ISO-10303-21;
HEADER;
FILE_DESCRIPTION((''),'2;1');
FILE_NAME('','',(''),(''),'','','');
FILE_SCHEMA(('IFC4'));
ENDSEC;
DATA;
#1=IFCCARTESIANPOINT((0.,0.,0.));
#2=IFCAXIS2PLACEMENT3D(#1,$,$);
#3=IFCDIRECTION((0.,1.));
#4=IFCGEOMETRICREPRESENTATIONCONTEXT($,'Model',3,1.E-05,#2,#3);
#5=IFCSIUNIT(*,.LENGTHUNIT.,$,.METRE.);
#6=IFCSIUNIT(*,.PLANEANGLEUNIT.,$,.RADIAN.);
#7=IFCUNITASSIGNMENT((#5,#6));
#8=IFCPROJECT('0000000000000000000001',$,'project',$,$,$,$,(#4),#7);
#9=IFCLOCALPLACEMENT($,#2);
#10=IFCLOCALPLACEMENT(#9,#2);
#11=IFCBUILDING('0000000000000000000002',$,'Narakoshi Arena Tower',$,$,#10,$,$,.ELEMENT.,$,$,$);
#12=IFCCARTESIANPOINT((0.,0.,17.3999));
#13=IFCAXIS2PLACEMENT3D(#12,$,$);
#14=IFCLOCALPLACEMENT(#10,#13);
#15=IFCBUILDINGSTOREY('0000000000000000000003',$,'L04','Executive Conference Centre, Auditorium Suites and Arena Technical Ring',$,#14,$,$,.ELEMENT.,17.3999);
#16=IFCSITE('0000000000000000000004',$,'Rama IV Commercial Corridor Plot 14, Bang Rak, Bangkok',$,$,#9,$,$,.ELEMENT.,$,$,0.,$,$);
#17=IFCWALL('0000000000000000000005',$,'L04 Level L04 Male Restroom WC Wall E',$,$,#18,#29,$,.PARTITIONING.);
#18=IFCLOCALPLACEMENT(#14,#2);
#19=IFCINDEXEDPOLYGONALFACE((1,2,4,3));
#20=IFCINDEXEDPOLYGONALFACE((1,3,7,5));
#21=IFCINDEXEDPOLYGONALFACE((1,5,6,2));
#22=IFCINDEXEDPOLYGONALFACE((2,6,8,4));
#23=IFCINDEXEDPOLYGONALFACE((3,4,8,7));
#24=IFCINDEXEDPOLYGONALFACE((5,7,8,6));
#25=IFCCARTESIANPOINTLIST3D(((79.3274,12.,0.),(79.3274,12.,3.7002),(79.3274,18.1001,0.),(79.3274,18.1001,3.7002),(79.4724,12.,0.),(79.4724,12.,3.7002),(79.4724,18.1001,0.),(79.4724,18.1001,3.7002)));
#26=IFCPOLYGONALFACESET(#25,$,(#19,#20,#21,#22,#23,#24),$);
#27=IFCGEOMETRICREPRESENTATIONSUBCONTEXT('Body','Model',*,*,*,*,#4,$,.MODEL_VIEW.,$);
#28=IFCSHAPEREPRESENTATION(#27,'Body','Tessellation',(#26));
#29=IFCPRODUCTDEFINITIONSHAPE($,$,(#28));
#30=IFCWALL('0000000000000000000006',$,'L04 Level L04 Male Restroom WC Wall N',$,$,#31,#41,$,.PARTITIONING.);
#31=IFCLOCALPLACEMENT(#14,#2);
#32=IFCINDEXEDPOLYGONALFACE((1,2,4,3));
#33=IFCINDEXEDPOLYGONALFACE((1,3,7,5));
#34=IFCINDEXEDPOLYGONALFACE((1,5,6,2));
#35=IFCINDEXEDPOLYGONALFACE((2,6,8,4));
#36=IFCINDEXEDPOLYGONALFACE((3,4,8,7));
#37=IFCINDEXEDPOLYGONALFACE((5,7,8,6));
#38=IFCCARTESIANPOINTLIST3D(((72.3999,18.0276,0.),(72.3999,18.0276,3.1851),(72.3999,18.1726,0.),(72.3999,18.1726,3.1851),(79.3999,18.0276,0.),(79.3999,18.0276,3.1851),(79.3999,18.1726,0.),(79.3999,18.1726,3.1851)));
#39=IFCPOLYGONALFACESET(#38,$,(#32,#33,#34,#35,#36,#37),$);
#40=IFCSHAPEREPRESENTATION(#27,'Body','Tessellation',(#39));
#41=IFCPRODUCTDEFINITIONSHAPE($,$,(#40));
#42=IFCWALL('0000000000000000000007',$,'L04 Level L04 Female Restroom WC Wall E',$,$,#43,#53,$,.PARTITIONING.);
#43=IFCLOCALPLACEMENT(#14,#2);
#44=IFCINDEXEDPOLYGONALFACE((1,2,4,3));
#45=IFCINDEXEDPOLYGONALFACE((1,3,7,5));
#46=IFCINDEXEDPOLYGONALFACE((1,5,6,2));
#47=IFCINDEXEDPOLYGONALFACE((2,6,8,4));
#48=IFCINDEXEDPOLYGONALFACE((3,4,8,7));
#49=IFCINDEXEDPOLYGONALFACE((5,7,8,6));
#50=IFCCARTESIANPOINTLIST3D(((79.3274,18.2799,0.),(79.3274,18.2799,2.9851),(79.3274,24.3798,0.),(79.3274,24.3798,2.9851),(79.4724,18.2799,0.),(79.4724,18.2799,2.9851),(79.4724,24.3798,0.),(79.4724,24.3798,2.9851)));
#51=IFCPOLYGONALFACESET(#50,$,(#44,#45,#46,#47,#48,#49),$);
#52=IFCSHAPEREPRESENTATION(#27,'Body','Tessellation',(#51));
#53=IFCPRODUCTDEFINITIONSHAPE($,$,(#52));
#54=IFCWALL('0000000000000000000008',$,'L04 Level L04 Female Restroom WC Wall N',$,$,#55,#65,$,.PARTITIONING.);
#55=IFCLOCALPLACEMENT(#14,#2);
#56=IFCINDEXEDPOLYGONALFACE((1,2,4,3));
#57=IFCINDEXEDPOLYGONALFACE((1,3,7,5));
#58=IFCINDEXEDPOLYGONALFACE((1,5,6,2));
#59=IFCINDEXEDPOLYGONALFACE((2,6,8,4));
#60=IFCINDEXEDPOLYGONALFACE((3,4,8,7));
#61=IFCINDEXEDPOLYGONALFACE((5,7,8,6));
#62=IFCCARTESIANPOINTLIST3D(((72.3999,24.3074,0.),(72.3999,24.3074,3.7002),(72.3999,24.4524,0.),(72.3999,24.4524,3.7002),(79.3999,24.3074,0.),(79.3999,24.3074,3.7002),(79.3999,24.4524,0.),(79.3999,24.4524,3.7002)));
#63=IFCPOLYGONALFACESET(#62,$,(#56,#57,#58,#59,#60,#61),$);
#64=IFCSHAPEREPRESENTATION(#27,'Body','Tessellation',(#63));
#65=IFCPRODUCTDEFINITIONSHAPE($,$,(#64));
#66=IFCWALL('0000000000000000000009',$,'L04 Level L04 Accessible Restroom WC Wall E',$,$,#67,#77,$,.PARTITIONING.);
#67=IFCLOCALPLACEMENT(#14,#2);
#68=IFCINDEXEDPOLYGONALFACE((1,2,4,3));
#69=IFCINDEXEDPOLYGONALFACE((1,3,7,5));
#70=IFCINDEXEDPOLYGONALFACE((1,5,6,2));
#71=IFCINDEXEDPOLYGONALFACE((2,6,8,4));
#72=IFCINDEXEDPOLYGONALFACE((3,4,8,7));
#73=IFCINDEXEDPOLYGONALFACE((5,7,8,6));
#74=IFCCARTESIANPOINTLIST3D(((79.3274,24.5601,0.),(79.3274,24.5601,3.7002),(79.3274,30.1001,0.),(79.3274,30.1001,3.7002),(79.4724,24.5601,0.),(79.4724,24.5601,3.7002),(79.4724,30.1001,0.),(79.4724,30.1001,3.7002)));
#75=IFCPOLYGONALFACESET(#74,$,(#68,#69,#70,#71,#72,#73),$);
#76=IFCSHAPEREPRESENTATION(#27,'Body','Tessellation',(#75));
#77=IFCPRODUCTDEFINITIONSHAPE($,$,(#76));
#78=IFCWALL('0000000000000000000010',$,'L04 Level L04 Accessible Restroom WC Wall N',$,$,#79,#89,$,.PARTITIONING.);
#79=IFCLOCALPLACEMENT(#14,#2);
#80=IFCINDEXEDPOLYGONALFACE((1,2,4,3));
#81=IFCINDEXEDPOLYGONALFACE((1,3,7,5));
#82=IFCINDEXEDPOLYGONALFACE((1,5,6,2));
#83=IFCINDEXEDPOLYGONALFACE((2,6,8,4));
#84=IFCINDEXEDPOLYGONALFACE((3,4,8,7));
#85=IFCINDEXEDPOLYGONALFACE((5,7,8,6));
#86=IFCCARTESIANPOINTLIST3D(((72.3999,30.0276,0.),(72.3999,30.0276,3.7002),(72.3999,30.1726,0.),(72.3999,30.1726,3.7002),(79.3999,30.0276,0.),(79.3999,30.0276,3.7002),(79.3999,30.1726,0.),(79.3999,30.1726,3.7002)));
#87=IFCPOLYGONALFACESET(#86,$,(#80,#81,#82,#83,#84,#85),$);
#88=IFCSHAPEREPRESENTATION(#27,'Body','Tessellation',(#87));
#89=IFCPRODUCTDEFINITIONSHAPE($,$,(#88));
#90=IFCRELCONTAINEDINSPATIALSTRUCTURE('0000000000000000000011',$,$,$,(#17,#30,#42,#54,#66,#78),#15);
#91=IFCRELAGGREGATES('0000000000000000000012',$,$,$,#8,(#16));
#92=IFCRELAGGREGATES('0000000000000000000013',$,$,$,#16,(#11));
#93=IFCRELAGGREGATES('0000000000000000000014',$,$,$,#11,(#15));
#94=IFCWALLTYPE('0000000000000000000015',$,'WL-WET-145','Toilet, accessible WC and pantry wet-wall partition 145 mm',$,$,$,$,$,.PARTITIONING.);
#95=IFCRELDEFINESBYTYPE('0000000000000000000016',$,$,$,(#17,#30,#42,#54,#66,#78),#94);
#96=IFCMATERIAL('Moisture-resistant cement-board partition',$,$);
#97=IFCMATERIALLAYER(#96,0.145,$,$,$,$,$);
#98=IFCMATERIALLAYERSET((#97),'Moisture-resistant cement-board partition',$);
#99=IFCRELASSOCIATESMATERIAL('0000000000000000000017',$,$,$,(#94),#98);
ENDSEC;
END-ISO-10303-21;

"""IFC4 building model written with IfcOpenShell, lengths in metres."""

from ifc_helpers import new_model, si_unit, direction, frame, frame_2d, origin, place, context, subcontext, project, spatial, rectangle, extrude, material, layer, layer_set, type_object, element, save


model = new_model("IFC4")

# Units and contexts
model_context = context("Model", 3, precision=1e-05, world=origin(), true_north=direction((0.0, 1.0)))
body_context = subcontext(model_context, "Body", "Model", "MODEL_VIEW")
ifc_project = project(units=[si_unit("LENGTHUNIT", "METRE"), si_unit("PLANEANGLEUNIT", "RADIAN")], contexts=[model_context])

# Site, building, storey
site_placement = place(None, origin())
site = spatial("IfcSite", under=ifc_project, at=site_placement, Name="Rama IV Commercial Corridor Plot 14, Bang Rak, Bangkok", CompositionType="ELEMENT", RefElevation=0.0)
building_placement = place(site_placement, origin())
building = spatial("IfcBuilding", under=site, at=building_placement, Name="Narakoshi Arena Tower", CompositionType="ELEMENT")
storey_placement = place(building_placement, frame((0.0, 0.0, 17.3999)))
storey = spatial("IfcBuildingStorey", under=building, at=storey_placement, Name="L04", Description="Executive Conference Centre, Auditorium Suites and Arena Technical Ring", CompositionType="ELEMENT", Elevation=17.3999)

# Walls
ifc_material_1 = material(Name="Moisture-resistant cement-board partition")
ifc_layer_1 = layer(ifc_material_1, 0.145)
ifc_layer_set_1 = layer_set([ifc_layer_1], Name="Moisture-resistant cement-board partition")
wall_type_1 = type_object("IfcWallType", Name="WL-WET-145", Description="Toilet, accessible WC and pantry wet-wall partition 145 mm", PredefinedType="PARTITIONING", material=ifc_layer_set_1)
wall_1_placement = place(storey_placement, frame((79.3999, 12.0, 0.0), z_axis=(0.0, 0.0, 1.0), x_axis=(0.0, 1.0, 0.0)))
element("IfcWall", 1, at=wall_1_placement, inside=storey, type_object=wall_type_1, Name="L04 Level L04 Male Restroom WC Wall E", PredefinedType="PARTITIONING", context=body_context, shape_type="SweptSolid", body=[
    extrude(rectangle(XDim=6.1001, YDim=0.145, at=frame_2d((3.05, 0.0))), origin(), (0.0, 0.0, 1.0), 3.7002),
])
wall_2_placement = place(storey_placement, frame((79.3999, 18.1001, 0.0), z_axis=(0.0, 0.0, 1.0), x_axis=(-1.0, 0.0, 0.0)))
element("IfcWall", 2, at=wall_2_placement, inside=storey, type_object=wall_type_1, Name="L04 Level L04 Male Restroom WC Wall N", PredefinedType="PARTITIONING", context=body_context, shape_type="SweptSolid", body=[
    extrude(rectangle(XDim=7.0, YDim=0.145, at=frame_2d((3.5, 0.0))), origin(), (0.0, 0.0, 1.0), 3.1851),
])
wall_3_placement = place(storey_placement, frame((79.3999, 18.28, 0.0), z_axis=(0.0, 0.0, 1.0), x_axis=(0.0, 1.0, 0.0)))
element("IfcWall", 3, at=wall_3_placement, inside=storey, type_object=wall_type_1, Name="L04 Level L04 Female Restroom WC Wall E", PredefinedType="PARTITIONING", context=body_context, shape_type="SweptSolid", body=[
    extrude(rectangle(XDim=6.0999, YDim=0.145, at=frame_2d((3.0498, 0.0))), origin(), (0.0, 0.0, 1.0), 2.9851),
])
wall_4_placement = place(storey_placement, frame((79.3999, 24.3799, 0.0), z_axis=(0.0, 0.0, 1.0), x_axis=(-1.0, 0.0, 0.0)))
element("IfcWall", 4, at=wall_4_placement, inside=storey, type_object=wall_type_1, Name="L04 Level L04 Female Restroom WC Wall N", PredefinedType="PARTITIONING", context=body_context, shape_type="SweptSolid", body=[
    extrude(rectangle(XDim=7.0, YDim=0.145, at=frame_2d((3.5, 0.0))), origin(), (0.0, 0.0, 1.0), 3.7002),
])
wall_5_placement = place(storey_placement, frame((79.3999, 24.5601, 0.0), z_axis=(0.0, 0.0, 1.0), x_axis=(0.0, 1.0, 0.0)))
element("IfcWall", 5, at=wall_5_placement, inside=storey, type_object=wall_type_1, Name="L04 Level L04 Accessible Restroom WC Wall E", PredefinedType="PARTITIONING", context=body_context, shape_type="SweptSolid", body=[
    extrude(rectangle(XDim=5.54, YDim=0.145, at=frame_2d((2.77, 0.0))), origin(), (0.0, 0.0, 1.0), 3.7002),
])
wall_6_placement = place(storey_placement, frame((79.3999, 30.1001, 0.0), z_axis=(0.0, 0.0, 1.0), x_axis=(-1.0, 0.0, 0.0)))
element("IfcWall", 6, at=wall_6_placement, inside=storey, type_object=wall_type_1, Name="L04 Level L04 Accessible Restroom WC Wall N", PredefinedType="PARTITIONING", context=body_context, shape_type="SweptSolid", body=[
    extrude(rectangle(XDim=7.0, YDim=0.145, at=frame_2d((3.5, 0.0))), origin(), (0.0, 0.0, 1.0), 3.7002),
])

save(model, "model.ifc")
